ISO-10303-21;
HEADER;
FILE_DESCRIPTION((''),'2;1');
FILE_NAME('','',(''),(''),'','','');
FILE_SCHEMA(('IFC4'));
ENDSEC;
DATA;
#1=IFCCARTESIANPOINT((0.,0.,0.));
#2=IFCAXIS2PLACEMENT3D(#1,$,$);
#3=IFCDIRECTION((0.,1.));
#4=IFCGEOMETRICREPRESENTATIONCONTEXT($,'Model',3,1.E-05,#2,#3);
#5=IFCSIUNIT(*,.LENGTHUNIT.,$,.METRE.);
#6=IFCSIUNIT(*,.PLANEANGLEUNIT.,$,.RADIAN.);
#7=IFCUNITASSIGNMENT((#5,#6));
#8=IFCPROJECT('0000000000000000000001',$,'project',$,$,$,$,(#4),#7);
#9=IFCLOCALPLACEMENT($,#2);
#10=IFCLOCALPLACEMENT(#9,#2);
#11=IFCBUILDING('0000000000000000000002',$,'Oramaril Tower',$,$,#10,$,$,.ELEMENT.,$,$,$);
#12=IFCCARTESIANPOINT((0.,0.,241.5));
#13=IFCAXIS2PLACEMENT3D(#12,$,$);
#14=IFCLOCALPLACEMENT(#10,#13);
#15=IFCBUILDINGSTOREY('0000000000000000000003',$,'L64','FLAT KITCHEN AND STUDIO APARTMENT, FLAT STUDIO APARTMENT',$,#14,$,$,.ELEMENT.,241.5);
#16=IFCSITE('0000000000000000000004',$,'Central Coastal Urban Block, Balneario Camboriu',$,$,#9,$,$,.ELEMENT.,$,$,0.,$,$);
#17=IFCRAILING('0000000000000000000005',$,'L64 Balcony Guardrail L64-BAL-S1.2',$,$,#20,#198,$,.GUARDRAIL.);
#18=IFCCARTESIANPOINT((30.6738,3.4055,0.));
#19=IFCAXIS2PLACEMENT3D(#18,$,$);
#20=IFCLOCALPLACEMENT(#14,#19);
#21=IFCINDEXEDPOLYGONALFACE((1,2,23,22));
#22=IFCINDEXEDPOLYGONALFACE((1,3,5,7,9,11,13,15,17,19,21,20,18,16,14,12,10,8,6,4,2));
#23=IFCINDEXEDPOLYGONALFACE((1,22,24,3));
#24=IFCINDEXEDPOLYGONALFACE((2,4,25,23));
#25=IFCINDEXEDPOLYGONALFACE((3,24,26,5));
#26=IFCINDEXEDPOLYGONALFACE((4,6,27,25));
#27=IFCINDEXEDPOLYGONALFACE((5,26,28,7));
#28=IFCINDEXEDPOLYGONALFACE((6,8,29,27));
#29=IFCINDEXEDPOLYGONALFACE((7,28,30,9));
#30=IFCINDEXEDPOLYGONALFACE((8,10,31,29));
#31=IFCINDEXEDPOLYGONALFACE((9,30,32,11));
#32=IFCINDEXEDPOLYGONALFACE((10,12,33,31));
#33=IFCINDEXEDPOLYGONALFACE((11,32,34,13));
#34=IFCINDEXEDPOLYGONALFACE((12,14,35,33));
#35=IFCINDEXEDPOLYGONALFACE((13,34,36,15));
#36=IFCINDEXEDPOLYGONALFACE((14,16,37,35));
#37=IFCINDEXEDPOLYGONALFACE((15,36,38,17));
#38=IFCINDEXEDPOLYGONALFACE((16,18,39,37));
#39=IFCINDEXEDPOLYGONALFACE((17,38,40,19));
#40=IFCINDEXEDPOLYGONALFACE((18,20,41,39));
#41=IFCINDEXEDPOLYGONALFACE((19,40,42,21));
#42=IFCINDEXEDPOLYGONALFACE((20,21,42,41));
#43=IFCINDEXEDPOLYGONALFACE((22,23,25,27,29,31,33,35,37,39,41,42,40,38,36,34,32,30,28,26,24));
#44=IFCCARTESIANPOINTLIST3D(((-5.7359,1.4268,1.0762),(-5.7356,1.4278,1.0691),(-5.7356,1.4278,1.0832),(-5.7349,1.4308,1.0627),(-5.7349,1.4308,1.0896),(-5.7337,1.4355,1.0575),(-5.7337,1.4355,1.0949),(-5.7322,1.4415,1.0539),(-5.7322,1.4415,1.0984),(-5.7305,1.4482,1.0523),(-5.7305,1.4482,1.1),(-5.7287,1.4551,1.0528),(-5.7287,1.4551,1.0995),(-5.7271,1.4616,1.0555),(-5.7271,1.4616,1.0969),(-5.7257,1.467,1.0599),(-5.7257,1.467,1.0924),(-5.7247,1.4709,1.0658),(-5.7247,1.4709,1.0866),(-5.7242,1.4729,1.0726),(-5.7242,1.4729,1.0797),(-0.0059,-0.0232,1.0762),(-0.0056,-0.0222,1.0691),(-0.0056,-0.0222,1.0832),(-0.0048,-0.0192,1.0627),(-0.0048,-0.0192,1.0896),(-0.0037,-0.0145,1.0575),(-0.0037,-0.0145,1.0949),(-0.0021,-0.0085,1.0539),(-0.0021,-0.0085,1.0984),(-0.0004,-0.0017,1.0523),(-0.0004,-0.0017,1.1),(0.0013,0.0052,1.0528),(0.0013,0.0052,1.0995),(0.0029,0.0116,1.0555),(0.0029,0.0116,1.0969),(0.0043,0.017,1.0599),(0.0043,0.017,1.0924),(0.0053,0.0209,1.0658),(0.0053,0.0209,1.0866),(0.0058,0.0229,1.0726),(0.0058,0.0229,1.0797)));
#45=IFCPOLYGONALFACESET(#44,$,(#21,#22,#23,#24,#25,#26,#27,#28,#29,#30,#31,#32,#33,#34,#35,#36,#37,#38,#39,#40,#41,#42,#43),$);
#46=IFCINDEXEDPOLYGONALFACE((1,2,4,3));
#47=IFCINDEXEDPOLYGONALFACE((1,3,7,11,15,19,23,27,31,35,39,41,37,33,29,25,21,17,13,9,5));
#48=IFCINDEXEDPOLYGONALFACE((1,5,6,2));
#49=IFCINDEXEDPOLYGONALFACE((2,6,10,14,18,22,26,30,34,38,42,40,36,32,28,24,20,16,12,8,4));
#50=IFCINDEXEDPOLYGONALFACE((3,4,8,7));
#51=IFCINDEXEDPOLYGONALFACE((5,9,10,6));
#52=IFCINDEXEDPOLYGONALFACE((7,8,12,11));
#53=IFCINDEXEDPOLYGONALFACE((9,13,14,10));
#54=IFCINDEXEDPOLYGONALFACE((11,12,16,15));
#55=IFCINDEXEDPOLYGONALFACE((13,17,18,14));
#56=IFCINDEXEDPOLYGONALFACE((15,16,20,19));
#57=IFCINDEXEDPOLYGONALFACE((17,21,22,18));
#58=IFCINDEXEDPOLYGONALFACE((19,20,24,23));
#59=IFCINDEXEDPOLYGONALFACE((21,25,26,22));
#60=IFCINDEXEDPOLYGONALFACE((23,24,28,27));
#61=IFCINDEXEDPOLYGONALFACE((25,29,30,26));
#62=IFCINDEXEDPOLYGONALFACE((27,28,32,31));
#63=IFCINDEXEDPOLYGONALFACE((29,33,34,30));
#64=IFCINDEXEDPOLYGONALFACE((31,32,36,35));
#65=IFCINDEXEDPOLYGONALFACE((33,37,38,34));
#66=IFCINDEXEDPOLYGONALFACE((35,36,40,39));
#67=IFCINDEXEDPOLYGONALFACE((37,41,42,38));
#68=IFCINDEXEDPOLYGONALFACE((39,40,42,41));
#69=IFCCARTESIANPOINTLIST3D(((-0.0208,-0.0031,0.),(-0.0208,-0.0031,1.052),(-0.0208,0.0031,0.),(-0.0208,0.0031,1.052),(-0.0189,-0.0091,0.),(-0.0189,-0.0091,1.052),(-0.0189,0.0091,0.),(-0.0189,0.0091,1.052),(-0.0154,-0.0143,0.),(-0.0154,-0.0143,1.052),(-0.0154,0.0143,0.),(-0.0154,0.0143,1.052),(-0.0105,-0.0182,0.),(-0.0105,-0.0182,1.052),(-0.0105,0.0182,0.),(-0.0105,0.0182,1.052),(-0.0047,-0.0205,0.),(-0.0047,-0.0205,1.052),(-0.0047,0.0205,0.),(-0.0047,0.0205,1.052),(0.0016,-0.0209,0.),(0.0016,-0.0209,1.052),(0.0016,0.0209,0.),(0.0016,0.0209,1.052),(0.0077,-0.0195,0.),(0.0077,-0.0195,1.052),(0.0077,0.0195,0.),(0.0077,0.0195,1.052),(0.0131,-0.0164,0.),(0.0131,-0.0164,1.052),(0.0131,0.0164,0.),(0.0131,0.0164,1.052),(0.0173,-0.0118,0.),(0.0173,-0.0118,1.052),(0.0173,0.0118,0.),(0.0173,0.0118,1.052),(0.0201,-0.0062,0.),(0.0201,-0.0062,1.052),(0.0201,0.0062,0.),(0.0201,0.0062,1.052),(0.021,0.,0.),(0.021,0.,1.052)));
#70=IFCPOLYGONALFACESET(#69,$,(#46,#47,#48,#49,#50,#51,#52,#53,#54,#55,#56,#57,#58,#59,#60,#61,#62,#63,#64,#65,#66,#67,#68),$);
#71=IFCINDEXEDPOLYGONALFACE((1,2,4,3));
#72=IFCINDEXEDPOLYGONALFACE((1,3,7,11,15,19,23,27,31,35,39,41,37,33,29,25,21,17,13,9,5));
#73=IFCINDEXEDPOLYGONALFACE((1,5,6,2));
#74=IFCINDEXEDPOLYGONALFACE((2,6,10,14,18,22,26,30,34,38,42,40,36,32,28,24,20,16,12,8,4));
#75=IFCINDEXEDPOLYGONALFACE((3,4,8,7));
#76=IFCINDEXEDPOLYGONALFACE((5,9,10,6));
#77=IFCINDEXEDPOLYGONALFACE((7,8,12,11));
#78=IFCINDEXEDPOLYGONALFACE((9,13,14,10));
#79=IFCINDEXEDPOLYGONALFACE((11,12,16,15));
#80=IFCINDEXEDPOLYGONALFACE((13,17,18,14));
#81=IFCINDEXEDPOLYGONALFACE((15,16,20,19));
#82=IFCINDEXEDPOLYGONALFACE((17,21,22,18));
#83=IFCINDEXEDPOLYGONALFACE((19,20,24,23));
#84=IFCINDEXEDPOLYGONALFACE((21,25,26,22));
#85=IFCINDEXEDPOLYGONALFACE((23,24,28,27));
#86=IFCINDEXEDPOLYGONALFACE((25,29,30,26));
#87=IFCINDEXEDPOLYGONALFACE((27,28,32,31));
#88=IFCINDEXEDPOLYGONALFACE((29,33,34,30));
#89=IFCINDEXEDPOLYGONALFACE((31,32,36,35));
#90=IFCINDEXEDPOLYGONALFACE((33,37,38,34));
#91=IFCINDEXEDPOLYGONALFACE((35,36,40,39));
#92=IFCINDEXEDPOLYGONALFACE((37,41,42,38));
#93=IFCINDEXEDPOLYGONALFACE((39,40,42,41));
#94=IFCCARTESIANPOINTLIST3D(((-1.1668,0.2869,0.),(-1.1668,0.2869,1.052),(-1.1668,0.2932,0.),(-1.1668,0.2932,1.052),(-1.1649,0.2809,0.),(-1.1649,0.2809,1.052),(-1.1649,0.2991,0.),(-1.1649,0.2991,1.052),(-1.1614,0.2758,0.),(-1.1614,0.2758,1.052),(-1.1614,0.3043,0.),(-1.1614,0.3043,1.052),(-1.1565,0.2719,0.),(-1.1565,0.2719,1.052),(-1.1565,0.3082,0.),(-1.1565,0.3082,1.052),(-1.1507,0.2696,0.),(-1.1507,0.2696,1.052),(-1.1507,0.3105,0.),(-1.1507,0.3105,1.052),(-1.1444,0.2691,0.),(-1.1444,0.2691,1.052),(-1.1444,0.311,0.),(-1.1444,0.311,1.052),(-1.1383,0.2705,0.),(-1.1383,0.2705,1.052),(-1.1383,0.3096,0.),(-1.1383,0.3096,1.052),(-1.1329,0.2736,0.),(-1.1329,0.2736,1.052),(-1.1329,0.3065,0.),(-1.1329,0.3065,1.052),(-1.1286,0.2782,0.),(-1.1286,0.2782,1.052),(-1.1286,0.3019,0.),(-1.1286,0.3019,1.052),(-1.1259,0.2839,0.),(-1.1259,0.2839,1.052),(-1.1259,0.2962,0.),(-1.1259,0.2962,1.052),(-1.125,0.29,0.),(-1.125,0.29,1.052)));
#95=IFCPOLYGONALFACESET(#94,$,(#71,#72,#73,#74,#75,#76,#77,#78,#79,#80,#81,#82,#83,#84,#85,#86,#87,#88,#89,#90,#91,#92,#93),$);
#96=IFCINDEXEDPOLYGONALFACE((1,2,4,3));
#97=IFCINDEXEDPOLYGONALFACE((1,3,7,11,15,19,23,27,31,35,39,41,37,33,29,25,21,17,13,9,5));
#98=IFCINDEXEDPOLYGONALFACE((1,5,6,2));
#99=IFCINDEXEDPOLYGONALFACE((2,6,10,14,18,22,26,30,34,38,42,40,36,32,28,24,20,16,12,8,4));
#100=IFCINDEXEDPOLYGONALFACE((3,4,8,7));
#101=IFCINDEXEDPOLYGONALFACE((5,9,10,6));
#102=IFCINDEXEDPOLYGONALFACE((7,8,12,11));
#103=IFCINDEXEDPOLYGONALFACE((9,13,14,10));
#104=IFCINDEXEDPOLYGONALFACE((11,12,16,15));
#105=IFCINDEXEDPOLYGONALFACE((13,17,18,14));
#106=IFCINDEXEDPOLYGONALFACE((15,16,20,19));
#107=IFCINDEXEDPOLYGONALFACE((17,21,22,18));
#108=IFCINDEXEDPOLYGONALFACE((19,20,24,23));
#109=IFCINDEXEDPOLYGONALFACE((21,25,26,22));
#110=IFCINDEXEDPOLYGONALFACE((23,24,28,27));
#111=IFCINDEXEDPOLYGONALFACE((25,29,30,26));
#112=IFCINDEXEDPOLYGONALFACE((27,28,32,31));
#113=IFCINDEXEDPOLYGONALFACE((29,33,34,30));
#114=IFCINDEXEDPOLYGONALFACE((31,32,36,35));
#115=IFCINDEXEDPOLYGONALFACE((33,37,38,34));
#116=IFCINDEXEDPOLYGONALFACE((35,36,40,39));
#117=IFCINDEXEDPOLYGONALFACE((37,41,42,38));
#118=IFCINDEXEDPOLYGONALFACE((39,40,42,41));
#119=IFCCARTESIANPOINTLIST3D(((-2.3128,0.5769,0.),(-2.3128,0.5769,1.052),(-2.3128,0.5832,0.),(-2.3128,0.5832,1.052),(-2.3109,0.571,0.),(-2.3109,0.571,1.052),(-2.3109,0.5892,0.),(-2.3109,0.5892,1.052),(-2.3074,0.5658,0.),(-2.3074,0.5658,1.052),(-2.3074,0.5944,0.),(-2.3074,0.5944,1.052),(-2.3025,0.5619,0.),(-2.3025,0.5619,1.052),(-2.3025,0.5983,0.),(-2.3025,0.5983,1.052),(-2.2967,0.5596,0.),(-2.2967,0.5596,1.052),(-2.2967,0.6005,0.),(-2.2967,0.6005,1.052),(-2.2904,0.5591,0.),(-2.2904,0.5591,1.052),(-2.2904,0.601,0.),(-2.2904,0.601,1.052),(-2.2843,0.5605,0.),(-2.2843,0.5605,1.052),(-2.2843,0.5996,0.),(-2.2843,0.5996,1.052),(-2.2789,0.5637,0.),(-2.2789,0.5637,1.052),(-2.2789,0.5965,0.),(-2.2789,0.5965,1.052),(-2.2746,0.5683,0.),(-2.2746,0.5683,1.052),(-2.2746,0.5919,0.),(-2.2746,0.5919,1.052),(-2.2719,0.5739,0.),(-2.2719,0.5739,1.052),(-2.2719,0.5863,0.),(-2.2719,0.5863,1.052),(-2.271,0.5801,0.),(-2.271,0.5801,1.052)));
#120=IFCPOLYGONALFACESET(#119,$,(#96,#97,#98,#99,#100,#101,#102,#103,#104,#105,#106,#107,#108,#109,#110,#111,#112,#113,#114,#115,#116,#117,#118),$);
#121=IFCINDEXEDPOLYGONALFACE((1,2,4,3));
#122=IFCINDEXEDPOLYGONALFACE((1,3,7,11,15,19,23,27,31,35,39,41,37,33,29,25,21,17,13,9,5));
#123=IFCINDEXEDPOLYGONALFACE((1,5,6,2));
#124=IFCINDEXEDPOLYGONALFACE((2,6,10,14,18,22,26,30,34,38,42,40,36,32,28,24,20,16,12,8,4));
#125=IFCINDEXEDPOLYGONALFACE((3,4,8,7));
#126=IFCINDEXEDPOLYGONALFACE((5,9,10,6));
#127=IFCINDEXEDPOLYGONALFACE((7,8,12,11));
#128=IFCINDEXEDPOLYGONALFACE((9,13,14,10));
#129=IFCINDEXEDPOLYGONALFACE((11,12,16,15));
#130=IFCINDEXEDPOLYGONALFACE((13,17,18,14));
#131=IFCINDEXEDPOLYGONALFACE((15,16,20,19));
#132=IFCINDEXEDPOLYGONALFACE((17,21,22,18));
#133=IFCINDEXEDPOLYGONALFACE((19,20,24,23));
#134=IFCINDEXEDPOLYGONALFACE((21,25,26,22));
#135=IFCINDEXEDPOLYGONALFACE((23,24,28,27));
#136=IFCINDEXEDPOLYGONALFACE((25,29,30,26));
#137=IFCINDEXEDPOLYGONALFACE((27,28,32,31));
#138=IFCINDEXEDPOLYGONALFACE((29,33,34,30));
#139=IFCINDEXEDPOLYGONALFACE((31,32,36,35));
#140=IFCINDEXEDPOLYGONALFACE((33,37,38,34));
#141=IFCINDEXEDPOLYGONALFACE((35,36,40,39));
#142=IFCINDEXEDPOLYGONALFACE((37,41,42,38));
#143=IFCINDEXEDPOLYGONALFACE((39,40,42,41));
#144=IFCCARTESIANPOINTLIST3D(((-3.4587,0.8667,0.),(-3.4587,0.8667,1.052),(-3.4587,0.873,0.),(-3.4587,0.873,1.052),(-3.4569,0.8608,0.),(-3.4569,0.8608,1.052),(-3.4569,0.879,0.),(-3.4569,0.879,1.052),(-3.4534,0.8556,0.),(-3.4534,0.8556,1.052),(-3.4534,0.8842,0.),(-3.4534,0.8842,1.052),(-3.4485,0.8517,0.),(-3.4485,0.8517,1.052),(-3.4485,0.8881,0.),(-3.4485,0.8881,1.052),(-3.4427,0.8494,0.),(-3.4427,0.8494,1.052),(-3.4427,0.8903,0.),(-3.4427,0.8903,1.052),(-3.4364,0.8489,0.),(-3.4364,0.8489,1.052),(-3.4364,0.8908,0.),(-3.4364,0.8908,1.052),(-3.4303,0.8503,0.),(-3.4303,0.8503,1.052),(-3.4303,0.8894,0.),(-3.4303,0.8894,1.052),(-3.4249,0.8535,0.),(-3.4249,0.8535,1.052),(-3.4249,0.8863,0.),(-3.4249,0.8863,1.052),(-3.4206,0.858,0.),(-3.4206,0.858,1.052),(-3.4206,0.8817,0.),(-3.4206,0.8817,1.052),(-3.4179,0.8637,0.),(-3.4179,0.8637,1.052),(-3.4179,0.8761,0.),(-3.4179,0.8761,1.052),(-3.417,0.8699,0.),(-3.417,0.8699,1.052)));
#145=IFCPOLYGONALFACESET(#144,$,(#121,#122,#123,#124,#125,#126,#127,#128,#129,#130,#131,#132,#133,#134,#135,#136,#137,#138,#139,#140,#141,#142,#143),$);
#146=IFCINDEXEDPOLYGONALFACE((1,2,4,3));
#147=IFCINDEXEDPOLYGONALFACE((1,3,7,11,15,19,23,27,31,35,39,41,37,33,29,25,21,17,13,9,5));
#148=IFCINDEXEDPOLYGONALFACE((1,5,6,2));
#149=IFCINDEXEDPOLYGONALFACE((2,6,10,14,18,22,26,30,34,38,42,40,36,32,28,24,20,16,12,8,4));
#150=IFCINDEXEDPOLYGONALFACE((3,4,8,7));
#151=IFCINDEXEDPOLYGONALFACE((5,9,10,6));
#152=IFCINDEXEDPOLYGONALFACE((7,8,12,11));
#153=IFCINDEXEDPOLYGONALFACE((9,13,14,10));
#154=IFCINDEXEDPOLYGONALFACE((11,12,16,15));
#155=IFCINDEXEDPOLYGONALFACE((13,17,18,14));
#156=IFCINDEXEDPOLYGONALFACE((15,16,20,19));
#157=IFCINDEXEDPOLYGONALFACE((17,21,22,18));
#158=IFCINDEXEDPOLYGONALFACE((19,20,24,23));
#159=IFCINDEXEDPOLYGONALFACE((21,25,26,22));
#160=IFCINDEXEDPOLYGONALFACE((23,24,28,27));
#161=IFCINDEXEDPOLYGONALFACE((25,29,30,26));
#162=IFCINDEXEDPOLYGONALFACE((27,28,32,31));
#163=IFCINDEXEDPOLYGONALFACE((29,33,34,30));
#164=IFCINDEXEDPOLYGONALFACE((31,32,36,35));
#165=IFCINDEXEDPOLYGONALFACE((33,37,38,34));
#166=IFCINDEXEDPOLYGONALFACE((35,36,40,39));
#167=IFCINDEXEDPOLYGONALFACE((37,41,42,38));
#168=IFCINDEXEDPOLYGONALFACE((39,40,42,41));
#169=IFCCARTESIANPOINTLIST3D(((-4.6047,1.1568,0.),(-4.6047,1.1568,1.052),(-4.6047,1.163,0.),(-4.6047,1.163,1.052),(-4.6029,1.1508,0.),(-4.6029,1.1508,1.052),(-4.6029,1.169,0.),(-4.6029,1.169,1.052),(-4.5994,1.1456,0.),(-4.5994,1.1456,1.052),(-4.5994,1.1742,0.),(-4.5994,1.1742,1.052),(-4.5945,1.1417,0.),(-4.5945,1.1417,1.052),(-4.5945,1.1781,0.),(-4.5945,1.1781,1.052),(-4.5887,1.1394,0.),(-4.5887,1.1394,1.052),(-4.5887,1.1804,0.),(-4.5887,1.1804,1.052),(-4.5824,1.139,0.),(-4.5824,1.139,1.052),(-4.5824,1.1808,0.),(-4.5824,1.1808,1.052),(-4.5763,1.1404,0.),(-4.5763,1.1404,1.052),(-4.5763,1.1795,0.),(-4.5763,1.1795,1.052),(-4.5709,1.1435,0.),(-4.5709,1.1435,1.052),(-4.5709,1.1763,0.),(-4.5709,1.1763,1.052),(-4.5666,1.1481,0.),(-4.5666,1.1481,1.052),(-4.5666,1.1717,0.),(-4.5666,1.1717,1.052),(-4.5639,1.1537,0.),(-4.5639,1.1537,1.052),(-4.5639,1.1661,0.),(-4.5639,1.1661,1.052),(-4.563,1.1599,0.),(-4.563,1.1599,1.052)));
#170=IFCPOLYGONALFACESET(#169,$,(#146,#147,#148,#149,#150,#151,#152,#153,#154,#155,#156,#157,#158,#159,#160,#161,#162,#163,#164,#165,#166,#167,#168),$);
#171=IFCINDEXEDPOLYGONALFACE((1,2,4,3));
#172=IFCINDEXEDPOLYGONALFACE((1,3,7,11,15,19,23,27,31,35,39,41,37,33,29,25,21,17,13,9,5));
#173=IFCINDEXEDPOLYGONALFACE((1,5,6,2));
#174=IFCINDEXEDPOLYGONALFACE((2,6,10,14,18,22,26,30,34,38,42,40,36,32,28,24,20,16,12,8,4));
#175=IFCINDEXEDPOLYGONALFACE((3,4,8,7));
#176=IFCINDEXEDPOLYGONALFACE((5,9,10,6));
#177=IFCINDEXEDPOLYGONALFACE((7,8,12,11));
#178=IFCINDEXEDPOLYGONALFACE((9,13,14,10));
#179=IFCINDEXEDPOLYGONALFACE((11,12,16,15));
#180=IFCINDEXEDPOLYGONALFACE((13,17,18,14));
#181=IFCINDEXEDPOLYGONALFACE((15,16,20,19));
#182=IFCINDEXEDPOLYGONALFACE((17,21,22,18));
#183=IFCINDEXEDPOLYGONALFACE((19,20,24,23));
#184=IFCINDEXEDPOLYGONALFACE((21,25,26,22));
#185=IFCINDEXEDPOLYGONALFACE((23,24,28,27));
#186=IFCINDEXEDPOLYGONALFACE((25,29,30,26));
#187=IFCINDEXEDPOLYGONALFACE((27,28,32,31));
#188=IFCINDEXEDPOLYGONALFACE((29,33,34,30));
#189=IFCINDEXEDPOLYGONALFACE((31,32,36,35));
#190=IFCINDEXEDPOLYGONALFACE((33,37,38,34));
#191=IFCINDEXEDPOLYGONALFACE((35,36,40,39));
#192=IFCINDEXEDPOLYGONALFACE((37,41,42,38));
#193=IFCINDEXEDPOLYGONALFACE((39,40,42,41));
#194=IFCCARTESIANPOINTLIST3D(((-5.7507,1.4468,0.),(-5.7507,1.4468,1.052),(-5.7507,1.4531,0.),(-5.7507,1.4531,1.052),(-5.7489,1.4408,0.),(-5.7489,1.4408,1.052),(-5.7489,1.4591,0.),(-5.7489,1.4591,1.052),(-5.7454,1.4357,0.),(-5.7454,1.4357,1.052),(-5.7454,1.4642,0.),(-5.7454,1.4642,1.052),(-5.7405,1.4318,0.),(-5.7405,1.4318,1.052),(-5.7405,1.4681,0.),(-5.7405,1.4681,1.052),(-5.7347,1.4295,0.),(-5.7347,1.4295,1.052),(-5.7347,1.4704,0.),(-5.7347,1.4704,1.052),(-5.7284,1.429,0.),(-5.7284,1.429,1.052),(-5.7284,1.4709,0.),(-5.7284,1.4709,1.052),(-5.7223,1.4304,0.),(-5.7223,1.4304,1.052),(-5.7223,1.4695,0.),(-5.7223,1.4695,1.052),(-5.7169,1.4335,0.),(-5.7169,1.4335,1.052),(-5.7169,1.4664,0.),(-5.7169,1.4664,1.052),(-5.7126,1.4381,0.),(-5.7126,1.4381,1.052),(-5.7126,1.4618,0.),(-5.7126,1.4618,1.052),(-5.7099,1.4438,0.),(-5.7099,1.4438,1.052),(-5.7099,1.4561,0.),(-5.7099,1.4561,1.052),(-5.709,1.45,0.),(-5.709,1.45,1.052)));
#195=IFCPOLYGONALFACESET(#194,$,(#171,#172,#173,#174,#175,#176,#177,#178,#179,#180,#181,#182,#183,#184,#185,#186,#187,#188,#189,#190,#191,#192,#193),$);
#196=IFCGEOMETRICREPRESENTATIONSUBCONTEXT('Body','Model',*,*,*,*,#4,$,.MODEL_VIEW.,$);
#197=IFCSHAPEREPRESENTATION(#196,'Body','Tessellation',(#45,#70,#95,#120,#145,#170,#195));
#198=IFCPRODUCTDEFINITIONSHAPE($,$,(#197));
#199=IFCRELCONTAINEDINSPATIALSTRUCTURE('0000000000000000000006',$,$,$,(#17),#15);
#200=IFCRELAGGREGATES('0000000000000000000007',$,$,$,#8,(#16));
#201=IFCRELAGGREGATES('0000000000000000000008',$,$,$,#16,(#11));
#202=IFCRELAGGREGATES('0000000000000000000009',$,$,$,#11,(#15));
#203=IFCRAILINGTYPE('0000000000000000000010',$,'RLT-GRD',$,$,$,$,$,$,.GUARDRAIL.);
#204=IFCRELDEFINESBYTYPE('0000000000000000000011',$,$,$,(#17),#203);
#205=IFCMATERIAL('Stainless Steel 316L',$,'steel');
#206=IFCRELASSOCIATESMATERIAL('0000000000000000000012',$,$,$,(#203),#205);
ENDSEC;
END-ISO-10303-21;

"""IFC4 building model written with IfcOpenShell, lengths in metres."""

from ifc_helpers import new_model, si_unit, direction, frame, origin, origin_2d, place, context, subcontext, project, spatial, circle, extrude, material, type_object, element, save


model = new_model("IFC4")

# Units and contexts
model_context = context("Model", 3, precision=1e-05, world=origin(), true_north=direction((0.0, 1.0)))
body_context = subcontext(model_context, "Body", "Model", "MODEL_VIEW")
ifc_project = project(units=[si_unit("LENGTHUNIT", "METRE"), si_unit("PLANEANGLEUNIT", "RADIAN")], contexts=[model_context])

# Site, building, storey
site_placement = place(None, origin())
site = spatial("IfcSite", under=ifc_project, at=site_placement, Name="Central Coastal Urban Block, Balneario Camboriu", CompositionType="ELEMENT", RefElevation=0.0)
building_placement = place(site_placement, origin())
building = spatial("IfcBuilding", under=site, at=building_placement, Name="Oramaril Tower", CompositionType="ELEMENT")
storey_placement = place(building_placement, frame((0.0, 0.0, 241.5)))
storey = spatial("IfcBuildingStorey", under=building, at=storey_placement, Name="L64", Description="FLAT KITCHEN AND STUDIO APARTMENT, FLAT STUDIO APARTMENT", CompositionType="ELEMENT", Elevation=241.5)

# Railing
ifc_material_1 = material(Name="Stainless Steel 316L", Category="steel")
railing_type = type_object("IfcRailingType", Name="RLT-GRD", PredefinedType="GUARDRAIL", material=ifc_material_1)
railing_1_placement = place(storey_placement, frame((30.6738, 3.4055, 0.0)))
element("IfcRailing", 1, at=railing_1_placement, inside=storey, type_object=railing_type, Name="L64 Balcony Guardrail L64-BAL-S1.2", PredefinedType="GUARDRAIL", context=body_context, shape_type="SweptSolid", body=[
    extrude(circle(Radius=0.0239, at=origin_2d()), frame((0.0, 0.0, 1.0762), z_axis=(-0.969444, 0.245314, 0.0), x_axis=(-0.245314, -0.969444, 0.0)), (0.0, 0.0, 1.0), 5.9106),
    extrude(circle(Radius=0.021, at=origin_2d()), origin(), (0.0, 0.0, 1.0), 1.052),
    extrude(circle(Radius=0.021, at=origin_2d()), frame((-1.146, 0.29, 0.0)), (0.0, 0.0, 1.0), 1.052),
    extrude(circle(Radius=0.021, at=origin_2d()), frame((-2.292, 0.5801, 0.0)), (0.0, 0.0, 1.0), 1.052),
    extrude(circle(Radius=0.021, at=origin_2d()), frame((-3.438, 0.8699, 0.0)), (0.0, 0.0, 1.0), 1.052),
    extrude(circle(Radius=0.021, at=origin_2d()), frame((-4.584, 1.1599, 0.0)), (0.0, 0.0, 1.0), 1.052),
    extrude(circle(Radius=0.021, at=origin_2d()), frame((-5.73, 1.45, 0.0)), (0.0, 0.0, 1.0), 1.052),
])

save(model, "model.ifc")
